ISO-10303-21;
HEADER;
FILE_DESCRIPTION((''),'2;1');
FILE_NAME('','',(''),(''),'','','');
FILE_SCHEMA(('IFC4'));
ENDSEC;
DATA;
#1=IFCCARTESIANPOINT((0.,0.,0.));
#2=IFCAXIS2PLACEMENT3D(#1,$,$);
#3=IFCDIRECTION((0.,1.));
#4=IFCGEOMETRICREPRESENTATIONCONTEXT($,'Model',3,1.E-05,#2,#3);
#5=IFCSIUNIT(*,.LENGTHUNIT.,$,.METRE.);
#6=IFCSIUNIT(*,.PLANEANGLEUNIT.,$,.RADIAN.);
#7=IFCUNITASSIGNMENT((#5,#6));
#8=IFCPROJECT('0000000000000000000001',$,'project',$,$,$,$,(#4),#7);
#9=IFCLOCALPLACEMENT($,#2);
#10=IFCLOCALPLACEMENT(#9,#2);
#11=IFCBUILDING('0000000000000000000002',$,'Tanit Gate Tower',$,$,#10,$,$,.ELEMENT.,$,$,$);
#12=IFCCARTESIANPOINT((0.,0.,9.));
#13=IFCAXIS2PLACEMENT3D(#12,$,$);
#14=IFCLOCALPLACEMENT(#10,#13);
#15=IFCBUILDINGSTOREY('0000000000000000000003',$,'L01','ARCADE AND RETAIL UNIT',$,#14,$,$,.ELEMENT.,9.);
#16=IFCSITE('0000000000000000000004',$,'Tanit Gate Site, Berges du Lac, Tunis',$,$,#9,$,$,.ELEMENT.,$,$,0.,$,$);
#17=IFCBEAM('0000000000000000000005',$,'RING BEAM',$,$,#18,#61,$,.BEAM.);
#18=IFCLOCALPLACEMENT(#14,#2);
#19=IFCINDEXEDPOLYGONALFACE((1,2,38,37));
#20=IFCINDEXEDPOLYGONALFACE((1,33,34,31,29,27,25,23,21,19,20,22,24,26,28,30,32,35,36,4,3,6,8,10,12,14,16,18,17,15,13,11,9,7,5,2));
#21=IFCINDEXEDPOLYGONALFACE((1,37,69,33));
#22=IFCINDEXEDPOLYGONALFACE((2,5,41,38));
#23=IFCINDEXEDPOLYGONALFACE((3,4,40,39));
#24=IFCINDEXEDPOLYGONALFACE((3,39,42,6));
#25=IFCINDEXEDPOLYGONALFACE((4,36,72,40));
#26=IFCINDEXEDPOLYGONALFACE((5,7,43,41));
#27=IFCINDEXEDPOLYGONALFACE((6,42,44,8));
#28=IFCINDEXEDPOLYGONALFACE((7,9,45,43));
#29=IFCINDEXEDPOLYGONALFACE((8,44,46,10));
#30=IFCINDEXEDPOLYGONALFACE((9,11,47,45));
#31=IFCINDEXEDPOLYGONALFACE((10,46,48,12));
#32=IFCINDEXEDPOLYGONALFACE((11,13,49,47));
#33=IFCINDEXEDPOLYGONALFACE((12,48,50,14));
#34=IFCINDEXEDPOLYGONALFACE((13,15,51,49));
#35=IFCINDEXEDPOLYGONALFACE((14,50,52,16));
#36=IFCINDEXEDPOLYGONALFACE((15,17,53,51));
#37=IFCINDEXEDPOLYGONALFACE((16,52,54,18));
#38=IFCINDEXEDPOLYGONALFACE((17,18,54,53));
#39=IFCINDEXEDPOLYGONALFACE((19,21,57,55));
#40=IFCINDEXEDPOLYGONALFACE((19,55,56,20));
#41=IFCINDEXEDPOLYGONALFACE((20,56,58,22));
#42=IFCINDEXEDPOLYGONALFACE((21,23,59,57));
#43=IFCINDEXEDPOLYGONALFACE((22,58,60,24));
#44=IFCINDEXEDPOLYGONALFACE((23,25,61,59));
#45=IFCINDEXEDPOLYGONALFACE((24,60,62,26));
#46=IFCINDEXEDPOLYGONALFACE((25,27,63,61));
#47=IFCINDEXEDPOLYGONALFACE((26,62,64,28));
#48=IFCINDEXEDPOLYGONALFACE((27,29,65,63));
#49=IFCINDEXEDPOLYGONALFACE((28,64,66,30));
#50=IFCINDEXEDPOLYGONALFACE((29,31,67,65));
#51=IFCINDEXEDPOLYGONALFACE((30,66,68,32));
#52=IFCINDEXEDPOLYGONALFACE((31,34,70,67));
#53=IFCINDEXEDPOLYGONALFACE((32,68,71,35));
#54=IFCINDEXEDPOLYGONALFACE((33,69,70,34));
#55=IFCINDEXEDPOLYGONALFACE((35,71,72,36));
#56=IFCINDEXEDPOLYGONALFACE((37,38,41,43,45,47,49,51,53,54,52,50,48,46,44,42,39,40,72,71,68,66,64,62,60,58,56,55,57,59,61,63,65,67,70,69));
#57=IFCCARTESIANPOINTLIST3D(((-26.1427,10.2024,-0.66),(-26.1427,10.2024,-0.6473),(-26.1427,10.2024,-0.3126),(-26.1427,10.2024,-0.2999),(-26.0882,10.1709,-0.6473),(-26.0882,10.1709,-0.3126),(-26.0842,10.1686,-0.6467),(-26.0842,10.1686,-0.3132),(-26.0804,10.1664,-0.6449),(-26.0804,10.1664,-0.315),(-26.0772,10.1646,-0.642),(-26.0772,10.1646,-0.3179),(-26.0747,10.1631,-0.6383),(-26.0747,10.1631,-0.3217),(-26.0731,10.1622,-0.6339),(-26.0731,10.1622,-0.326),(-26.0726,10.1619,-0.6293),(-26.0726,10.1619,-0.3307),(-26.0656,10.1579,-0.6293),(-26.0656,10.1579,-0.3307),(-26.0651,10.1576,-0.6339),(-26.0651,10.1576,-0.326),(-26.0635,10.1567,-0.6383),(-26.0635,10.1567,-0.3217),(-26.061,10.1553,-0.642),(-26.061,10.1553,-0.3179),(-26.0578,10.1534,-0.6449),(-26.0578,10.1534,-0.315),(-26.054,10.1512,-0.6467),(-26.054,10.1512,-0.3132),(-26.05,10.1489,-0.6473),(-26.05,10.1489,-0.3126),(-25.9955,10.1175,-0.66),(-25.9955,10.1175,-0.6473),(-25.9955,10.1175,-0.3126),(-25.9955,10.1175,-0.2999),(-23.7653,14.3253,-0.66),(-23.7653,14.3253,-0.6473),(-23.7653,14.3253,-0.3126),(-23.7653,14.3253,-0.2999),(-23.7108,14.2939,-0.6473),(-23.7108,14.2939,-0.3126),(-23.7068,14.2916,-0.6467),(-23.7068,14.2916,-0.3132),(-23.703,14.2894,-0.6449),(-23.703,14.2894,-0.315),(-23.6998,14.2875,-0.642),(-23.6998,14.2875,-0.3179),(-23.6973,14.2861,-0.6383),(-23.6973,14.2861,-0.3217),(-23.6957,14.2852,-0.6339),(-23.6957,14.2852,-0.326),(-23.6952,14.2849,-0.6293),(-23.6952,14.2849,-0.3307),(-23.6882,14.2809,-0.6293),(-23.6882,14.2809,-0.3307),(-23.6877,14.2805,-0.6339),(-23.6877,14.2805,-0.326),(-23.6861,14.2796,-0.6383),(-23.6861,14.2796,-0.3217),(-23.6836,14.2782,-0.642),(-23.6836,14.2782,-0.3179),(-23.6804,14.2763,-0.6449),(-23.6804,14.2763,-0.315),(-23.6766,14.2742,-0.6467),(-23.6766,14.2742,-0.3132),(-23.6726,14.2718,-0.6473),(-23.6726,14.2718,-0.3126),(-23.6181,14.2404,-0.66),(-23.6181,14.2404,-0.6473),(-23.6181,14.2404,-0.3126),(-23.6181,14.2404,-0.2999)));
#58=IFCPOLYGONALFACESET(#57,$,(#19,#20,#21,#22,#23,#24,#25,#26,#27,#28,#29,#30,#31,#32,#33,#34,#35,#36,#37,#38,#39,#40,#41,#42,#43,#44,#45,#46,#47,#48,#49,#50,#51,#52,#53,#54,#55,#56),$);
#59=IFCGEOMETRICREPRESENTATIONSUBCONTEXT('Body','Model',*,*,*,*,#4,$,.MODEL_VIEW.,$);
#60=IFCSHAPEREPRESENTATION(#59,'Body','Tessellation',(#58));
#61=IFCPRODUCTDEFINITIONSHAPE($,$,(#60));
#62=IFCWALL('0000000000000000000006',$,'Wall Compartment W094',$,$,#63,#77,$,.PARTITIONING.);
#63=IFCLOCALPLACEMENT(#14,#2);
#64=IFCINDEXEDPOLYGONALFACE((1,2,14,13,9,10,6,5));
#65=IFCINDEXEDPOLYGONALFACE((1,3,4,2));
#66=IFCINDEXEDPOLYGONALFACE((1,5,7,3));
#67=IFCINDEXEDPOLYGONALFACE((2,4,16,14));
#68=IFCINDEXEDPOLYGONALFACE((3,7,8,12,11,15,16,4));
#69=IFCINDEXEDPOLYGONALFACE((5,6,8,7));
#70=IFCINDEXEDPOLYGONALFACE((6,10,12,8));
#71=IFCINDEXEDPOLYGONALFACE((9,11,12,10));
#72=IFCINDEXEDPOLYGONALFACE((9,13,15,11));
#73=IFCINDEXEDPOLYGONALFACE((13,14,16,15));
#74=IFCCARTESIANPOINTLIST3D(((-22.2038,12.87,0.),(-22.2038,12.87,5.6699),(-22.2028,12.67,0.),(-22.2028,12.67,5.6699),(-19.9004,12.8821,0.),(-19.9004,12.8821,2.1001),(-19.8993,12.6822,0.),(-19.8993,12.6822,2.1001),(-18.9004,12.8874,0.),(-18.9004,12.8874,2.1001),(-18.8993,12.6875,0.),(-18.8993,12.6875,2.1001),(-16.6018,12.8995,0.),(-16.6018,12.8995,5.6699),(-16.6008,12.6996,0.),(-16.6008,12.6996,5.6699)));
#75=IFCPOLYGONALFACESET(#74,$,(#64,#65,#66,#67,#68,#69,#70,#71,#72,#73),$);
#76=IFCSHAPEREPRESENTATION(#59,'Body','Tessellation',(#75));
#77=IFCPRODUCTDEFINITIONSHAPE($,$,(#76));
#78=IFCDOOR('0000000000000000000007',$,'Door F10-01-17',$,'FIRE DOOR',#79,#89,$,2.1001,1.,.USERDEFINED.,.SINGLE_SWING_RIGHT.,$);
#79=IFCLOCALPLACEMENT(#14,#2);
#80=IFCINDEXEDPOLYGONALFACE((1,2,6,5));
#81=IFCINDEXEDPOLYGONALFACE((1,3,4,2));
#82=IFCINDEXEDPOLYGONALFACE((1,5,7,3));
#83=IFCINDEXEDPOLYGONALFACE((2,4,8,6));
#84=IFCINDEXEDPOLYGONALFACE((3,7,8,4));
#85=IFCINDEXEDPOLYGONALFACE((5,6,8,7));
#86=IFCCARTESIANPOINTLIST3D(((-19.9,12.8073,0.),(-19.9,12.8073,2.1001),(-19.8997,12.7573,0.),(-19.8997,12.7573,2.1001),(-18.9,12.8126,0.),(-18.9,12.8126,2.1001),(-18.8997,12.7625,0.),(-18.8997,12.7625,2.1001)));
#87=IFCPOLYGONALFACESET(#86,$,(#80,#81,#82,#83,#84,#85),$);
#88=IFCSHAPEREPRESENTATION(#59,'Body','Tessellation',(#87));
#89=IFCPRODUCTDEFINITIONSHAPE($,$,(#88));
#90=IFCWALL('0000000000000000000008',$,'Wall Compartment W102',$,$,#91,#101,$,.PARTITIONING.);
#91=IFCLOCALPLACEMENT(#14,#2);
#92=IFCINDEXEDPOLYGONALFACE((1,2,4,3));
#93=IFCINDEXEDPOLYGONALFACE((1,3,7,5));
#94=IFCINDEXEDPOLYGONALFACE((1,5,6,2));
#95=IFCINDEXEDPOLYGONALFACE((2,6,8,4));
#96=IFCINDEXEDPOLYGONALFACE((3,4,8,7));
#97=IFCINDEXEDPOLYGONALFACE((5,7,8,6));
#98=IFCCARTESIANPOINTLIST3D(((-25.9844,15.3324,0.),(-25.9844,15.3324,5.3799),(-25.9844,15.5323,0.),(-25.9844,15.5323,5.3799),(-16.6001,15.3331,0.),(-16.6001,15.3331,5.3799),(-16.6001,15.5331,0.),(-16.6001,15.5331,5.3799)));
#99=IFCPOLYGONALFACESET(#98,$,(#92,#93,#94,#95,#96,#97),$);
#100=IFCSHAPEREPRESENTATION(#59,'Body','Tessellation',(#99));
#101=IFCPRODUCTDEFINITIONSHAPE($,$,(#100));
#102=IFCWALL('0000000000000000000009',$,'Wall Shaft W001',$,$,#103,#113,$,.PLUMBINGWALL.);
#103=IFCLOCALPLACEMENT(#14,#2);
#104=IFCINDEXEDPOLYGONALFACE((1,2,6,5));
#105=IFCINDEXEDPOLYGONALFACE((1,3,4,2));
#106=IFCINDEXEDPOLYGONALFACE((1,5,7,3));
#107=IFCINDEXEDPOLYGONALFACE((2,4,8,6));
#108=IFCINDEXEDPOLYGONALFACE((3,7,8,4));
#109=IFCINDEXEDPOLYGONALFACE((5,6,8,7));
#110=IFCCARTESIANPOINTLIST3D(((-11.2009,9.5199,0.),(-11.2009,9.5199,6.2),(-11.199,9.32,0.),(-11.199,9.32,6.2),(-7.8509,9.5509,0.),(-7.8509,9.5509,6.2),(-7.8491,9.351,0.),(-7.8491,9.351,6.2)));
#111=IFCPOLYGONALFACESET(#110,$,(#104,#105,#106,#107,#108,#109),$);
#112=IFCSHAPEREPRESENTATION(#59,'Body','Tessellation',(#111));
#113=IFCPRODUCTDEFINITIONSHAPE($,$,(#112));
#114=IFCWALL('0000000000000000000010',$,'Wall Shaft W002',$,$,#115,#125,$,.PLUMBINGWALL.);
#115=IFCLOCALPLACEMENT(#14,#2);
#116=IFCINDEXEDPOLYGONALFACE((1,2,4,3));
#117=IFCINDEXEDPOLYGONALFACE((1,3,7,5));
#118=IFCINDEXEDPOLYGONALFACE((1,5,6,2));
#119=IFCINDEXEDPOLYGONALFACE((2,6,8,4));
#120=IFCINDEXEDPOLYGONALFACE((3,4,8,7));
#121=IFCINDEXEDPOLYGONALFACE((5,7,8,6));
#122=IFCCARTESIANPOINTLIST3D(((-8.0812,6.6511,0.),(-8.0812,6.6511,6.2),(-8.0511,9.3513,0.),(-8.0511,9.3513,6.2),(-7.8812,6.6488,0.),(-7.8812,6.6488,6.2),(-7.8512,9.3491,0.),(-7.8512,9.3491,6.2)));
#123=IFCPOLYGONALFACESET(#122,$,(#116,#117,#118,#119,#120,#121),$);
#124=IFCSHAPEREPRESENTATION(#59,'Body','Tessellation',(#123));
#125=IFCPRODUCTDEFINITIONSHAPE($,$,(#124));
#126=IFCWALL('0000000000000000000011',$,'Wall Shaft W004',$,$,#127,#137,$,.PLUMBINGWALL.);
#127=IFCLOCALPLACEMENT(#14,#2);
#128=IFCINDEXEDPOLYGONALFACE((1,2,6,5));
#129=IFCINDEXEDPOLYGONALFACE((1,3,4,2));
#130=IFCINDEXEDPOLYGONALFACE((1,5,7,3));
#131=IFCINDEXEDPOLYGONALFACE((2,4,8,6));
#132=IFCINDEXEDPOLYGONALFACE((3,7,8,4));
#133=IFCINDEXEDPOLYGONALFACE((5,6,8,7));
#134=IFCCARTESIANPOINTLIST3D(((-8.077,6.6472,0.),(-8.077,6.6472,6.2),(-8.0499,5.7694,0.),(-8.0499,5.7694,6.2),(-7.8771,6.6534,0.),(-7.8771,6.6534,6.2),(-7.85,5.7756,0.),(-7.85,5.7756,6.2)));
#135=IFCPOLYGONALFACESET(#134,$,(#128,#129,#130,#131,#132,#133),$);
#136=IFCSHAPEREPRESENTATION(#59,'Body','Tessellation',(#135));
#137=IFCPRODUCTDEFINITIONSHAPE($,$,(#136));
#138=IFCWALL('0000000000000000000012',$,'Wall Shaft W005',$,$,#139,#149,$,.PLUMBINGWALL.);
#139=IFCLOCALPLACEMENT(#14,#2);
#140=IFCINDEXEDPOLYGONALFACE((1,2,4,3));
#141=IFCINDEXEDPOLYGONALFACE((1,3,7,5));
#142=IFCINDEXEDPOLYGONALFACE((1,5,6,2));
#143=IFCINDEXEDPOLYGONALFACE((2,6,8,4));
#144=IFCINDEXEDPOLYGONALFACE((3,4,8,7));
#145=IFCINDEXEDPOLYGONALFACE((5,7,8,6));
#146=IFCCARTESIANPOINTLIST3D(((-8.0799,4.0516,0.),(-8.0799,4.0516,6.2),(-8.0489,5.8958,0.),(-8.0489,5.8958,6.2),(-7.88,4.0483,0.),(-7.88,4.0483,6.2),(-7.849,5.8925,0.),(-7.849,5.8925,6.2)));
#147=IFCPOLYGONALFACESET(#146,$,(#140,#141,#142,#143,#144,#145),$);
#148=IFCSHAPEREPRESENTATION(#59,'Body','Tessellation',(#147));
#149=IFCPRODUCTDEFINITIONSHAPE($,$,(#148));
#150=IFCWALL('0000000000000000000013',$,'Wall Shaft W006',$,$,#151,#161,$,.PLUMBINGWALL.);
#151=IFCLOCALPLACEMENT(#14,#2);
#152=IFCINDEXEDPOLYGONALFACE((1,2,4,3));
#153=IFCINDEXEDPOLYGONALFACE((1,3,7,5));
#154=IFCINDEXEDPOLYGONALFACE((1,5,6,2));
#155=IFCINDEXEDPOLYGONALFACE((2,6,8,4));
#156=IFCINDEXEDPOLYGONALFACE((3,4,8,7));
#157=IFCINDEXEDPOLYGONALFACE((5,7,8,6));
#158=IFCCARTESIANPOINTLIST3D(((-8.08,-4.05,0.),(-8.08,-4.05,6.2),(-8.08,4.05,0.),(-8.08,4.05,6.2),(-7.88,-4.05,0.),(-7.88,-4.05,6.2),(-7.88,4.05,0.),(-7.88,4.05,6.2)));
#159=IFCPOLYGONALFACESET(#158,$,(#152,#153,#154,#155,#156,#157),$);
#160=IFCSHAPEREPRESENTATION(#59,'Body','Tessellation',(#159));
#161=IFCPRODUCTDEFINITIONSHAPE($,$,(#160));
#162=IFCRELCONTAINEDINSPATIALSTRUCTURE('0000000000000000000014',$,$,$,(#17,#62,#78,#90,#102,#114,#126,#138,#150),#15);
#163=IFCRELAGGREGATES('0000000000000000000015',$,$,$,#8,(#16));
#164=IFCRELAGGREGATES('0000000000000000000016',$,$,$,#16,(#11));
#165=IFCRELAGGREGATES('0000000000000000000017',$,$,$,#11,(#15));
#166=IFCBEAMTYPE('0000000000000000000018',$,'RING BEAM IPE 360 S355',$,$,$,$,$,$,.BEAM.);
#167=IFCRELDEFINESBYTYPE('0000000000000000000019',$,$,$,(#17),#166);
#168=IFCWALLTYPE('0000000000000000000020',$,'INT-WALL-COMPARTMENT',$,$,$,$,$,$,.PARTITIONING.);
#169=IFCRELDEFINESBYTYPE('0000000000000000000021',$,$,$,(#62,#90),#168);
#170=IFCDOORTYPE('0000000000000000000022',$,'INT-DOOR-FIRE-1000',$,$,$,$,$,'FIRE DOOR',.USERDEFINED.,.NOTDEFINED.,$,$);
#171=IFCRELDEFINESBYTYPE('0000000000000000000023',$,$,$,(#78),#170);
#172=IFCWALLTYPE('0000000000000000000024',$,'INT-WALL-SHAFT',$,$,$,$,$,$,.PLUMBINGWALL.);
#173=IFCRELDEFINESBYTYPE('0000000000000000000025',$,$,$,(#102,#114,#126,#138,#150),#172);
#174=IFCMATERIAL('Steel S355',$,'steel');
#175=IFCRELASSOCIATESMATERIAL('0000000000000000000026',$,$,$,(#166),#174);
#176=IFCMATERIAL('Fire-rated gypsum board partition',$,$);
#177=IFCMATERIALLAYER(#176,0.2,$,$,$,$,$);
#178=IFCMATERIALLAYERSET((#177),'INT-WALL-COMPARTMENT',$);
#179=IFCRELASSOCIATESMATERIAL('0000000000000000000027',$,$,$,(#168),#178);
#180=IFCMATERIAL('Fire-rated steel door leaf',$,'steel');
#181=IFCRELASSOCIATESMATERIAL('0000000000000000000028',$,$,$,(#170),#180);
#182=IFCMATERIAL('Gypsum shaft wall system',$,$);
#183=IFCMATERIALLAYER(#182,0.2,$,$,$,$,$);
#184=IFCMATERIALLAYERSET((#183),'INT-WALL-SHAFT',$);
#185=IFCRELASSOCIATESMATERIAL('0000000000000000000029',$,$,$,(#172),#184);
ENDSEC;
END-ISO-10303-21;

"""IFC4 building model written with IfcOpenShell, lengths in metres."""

from ifc_helpers import new_model, si_unit, direction, frame, frame_2d, origin, origin_2d, place, context, subcontext, project, spatial, rectangle, i_section, extrude, material, layer, layer_set, material_profile, profile_set, type_object, element, fill, save


model = new_model("IFC4")

# Units and contexts
model_context = context("Model", 3, precision=1e-05, world=origin(), true_north=direction((0.0, 1.0)))
body_context = subcontext(model_context, "Body", "Model", "MODEL_VIEW")
ifc_project = project(units=[si_unit("LENGTHUNIT", "METRE"), si_unit("PLANEANGLEUNIT", "RADIAN")], contexts=[model_context])

# Site, building, storey
site_placement = place(None, origin())
site = spatial("IfcSite", under=ifc_project, at=site_placement, Name="Tanit Gate Site, Berges du Lac, Tunis", CompositionType="ELEMENT", RefElevation=0.0)
building_placement = place(site_placement, origin())
building = spatial("IfcBuilding", under=site, at=building_placement, Name="Tanit Gate Tower", CompositionType="ELEMENT")
storey_placement = place(building_placement, frame((0.0, 0.0, 9.0)))
storey = spatial("IfcBuildingStorey", under=building, at=storey_placement, Name="L01", Description="ARCADE AND RETAIL UNIT", CompositionType="ELEMENT", Elevation=9.0)

# Beam
ifc_material_1 = material(Name="Steel S355", Category="steel")
ifc_material_profile_1 = material_profile(ifc_material_1, i_section(OverallWidth=0.1699, OverallDepth=0.3601, WebThickness=0.0081, FlangeThickness=0.0127, FilletRadius=0.0181, at=origin_2d()), Name="IPE 360")
ifc_profile_set_1 = profile_set([ifc_material_profile_1], Name="Steel S355")
beam_type_1 = type_object("IfcBeamType", Name="RING BEAM IPE 360 S355", PredefinedType="BEAM", material=ifc_profile_set_1)
beam_1_placement = place(storey_placement, frame((-26.0691, 10.1599, -0.48), z_axis=(0.499527, 0.866298, 0.0), x_axis=(-0.866298, 0.499527, 0.0)))
element("IfcBeam", 1, at=beam_1_placement, inside=storey, type_object=beam_type_1, Name="RING BEAM", PredefinedType="BEAM", context=body_context, shape_type="SweptSolid", body=[
    extrude(i_section(OverallWidth=0.1699, OverallDepth=0.3601, WebThickness=0.0081, FlangeThickness=0.0127, FilletRadius=0.0181, at=origin_2d()), origin(), (0.0, 0.0, 1.0), 4.7593),
])

# Wall, opening, door
ifc_material_2 = material(Name="Fire-rated gypsum board partition")
ifc_layer_1 = layer(ifc_material_2, 0.2)
ifc_layer_set_1 = layer_set([ifc_layer_1], Name="INT-WALL-COMPARTMENT")
wall_type_1 = type_object("IfcWallType", Name="INT-WALL-COMPARTMENT", PredefinedType="PARTITIONING", material=ifc_layer_set_1)
wall_1_placement = place(storey_placement, frame((-16.6013, 12.7996, 0.0), z_axis=(0.0, 0.0, 1.0), x_axis=(-0.999986, -0.005273, 0.0)))
wall_1 = element("IfcWall", 2, at=wall_1_placement, inside=storey, type_object=wall_type_1, Name="Wall Compartment W094", PredefinedType="PARTITIONING", context=body_context, shape_type="SweptSolid", body=[
    extrude(rectangle(XDim=5.6021, YDim=0.2, at=frame_2d((2.801, 0.0))), origin(), (0.0, 0.0, 1.0), 5.6699),
])
opening_1_placement = place(wall_1_placement, frame((2.2986, 0.0, 0.0)))
opening_1 = element("IfcOpeningElement", 3, at=opening_1_placement, cuts=wall_1, PredefinedType="OPENING", context=body_context, shape_type="SweptSolid", body=[
    extrude(rectangle(XDim=1.0, YDim=2.1001, at=frame_2d((0.5, 1.05))), frame((0.0, 0.1099, 0.0), z_axis=(0.0, -1.0, 0.0), x_axis=(1.0, 0.0, 0.0)), (0.0, 0.0, 1.0), 0.22),
])
ifc_material_3 = material(Name="Fire-rated steel door leaf", Category="steel")
door_type_1 = type_object("IfcDoorType", Name="INT-DOOR-FIRE-1000", ElementType="FIRE DOOR", OperationType="NOTDEFINED", PredefinedType="USERDEFINED", material=ifc_material_3)
door_1_placement = place(opening_1_placement, origin())
door_1 = element("IfcDoor", 4, at=door_1_placement, inside=storey, type_object=door_type_1, Name="Door F10-01-17", ObjectType="FIRE DOOR", OperationType="SINGLE_SWING_RIGHT", OverallHeight=2.1001, OverallWidth=1.0, PredefinedType="USERDEFINED", context=body_context, shape_type="SweptSolid", body=[
    extrude(rectangle(XDim=1.0, YDim=2.1001, at=frame_2d((0.5, 1.05))), frame((0.0, 0.0249, 0.0), z_axis=(0.0, -1.0, 0.0), x_axis=(1.0, 0.0, 0.0)), (0.0, 0.0, 1.0), 0.05),
])
fill(opening_1, door_1)

# Walls
wall_2_placement = place(storey_placement, frame((-25.9844, 15.4324, 0.0), z_axis=(0.0, 0.0, 1.0), x_axis=(1.0, 0.000078, 0.0)))
element("IfcWall", 5, at=wall_2_placement, inside=storey, type_object=wall_type_1, Name="Wall Compartment W102", PredefinedType="PARTITIONING", context=body_context, shape_type="SweptSolid", body=[
    extrude(rectangle(XDim=9.3843, YDim=0.2, at=frame_2d((4.6921, 0.0))), origin(), (0.0, 0.0, 1.0), 5.3799),
])
ifc_material_4 = material(Name="Gypsum shaft wall system")
ifc_layer_2 = layer(ifc_material_4, 0.2)
ifc_layer_set_2 = layer_set([ifc_layer_2], Name="INT-WALL-SHAFT")
wall_type_2 = type_object("IfcWallType", Name="INT-WALL-SHAFT", PredefinedType="PLUMBINGWALL", material=ifc_layer_set_2)
wall_3_placement = place(storey_placement, frame((-11.2, 9.4199, 0.0), z_axis=(0.0, 0.0, 1.0), x_axis=(0.999957, 0.009255, 0.0)))
element("IfcWall", 6, at=wall_3_placement, inside=storey, type_object=wall_type_2, Name="Wall Shaft W001", PredefinedType="PLUMBINGWALL", context=body_context, shape_type="SweptSolid", body=[
    extrude(rectangle(XDim=3.3501, YDim=0.2, at=frame_2d((1.675, 0.0))), origin(), (0.0, 0.0, 1.0), 6.2),
])
wall_4_placement = place(storey_placement, frame((-7.9512, 9.3501, 0.0), z_axis=(0.0, 0.0, 1.0), x_axis=(-0.01112, -0.999938, 0.0)))
element("IfcWall", 7, at=wall_4_placement, inside=storey, type_object=wall_type_2, Name="Wall Shaft W002", PredefinedType="PLUMBINGWALL", context=body_context, shape_type="SweptSolid", body=[
    extrude(rectangle(XDim=2.7004, YDim=0.2, at=frame_2d((1.3501, 0.0))), origin(), (0.0, 0.0, 1.0), 6.2),
])
wall_5_placement = place(storey_placement, frame((-7.9771, 6.6501, 0.0), z_axis=(0.0, 0.0, 1.0), x_axis=(0.030862, -0.999524, 0.0)))
element("IfcWall", 8, at=wall_5_placement, inside=storey, type_object=wall_type_2, Name="Wall Shaft W004", PredefinedType="PLUMBINGWALL", context=body_context, shape_type="SweptSolid", body=[
    extrude(rectangle(XDim=0.8782, YDim=0.2, at=frame_2d((0.439, 0.0))), origin(), (0.0, 0.0, 1.0), 6.2),
])
wall_6_placement = place(storey_placement, frame((-7.949, 5.8943, 0.0), z_axis=(0.0, 0.0, 1.0), x_axis=(-0.01681, -0.999859, 0.0)))
element("IfcWall", 9, at=wall_6_placement, inside=storey, type_object=wall_type_2, Name="Wall Shaft W005", PredefinedType="PLUMBINGWALL", context=body_context, shape_type="SweptSolid", body=[
    extrude(rectangle(XDim=1.8445, YDim=0.2, at=frame_2d((0.9224, 0.0))), origin(), (0.0, 0.0, 1.0), 6.2),
])
wall_7_placement = place(storey_placement, frame((-7.98, 4.05, 0.0), z_axis=(0.0, 0.0, 1.0), x_axis=(0.0, -1.0, 0.0)))
element("IfcWall", 10, at=wall_7_placement, inside=storey, type_object=wall_type_2, Name="Wall Shaft W006", PredefinedType="PLUMBINGWALL", context=body_context, shape_type="SweptSolid", body=[
    extrude(rectangle(XDim=8.1001, YDim=0.2, at=frame_2d((4.05, 0.0))), origin(), (0.0, 0.0, 1.0), 6.2),
])

save(model, "model.ifc")
